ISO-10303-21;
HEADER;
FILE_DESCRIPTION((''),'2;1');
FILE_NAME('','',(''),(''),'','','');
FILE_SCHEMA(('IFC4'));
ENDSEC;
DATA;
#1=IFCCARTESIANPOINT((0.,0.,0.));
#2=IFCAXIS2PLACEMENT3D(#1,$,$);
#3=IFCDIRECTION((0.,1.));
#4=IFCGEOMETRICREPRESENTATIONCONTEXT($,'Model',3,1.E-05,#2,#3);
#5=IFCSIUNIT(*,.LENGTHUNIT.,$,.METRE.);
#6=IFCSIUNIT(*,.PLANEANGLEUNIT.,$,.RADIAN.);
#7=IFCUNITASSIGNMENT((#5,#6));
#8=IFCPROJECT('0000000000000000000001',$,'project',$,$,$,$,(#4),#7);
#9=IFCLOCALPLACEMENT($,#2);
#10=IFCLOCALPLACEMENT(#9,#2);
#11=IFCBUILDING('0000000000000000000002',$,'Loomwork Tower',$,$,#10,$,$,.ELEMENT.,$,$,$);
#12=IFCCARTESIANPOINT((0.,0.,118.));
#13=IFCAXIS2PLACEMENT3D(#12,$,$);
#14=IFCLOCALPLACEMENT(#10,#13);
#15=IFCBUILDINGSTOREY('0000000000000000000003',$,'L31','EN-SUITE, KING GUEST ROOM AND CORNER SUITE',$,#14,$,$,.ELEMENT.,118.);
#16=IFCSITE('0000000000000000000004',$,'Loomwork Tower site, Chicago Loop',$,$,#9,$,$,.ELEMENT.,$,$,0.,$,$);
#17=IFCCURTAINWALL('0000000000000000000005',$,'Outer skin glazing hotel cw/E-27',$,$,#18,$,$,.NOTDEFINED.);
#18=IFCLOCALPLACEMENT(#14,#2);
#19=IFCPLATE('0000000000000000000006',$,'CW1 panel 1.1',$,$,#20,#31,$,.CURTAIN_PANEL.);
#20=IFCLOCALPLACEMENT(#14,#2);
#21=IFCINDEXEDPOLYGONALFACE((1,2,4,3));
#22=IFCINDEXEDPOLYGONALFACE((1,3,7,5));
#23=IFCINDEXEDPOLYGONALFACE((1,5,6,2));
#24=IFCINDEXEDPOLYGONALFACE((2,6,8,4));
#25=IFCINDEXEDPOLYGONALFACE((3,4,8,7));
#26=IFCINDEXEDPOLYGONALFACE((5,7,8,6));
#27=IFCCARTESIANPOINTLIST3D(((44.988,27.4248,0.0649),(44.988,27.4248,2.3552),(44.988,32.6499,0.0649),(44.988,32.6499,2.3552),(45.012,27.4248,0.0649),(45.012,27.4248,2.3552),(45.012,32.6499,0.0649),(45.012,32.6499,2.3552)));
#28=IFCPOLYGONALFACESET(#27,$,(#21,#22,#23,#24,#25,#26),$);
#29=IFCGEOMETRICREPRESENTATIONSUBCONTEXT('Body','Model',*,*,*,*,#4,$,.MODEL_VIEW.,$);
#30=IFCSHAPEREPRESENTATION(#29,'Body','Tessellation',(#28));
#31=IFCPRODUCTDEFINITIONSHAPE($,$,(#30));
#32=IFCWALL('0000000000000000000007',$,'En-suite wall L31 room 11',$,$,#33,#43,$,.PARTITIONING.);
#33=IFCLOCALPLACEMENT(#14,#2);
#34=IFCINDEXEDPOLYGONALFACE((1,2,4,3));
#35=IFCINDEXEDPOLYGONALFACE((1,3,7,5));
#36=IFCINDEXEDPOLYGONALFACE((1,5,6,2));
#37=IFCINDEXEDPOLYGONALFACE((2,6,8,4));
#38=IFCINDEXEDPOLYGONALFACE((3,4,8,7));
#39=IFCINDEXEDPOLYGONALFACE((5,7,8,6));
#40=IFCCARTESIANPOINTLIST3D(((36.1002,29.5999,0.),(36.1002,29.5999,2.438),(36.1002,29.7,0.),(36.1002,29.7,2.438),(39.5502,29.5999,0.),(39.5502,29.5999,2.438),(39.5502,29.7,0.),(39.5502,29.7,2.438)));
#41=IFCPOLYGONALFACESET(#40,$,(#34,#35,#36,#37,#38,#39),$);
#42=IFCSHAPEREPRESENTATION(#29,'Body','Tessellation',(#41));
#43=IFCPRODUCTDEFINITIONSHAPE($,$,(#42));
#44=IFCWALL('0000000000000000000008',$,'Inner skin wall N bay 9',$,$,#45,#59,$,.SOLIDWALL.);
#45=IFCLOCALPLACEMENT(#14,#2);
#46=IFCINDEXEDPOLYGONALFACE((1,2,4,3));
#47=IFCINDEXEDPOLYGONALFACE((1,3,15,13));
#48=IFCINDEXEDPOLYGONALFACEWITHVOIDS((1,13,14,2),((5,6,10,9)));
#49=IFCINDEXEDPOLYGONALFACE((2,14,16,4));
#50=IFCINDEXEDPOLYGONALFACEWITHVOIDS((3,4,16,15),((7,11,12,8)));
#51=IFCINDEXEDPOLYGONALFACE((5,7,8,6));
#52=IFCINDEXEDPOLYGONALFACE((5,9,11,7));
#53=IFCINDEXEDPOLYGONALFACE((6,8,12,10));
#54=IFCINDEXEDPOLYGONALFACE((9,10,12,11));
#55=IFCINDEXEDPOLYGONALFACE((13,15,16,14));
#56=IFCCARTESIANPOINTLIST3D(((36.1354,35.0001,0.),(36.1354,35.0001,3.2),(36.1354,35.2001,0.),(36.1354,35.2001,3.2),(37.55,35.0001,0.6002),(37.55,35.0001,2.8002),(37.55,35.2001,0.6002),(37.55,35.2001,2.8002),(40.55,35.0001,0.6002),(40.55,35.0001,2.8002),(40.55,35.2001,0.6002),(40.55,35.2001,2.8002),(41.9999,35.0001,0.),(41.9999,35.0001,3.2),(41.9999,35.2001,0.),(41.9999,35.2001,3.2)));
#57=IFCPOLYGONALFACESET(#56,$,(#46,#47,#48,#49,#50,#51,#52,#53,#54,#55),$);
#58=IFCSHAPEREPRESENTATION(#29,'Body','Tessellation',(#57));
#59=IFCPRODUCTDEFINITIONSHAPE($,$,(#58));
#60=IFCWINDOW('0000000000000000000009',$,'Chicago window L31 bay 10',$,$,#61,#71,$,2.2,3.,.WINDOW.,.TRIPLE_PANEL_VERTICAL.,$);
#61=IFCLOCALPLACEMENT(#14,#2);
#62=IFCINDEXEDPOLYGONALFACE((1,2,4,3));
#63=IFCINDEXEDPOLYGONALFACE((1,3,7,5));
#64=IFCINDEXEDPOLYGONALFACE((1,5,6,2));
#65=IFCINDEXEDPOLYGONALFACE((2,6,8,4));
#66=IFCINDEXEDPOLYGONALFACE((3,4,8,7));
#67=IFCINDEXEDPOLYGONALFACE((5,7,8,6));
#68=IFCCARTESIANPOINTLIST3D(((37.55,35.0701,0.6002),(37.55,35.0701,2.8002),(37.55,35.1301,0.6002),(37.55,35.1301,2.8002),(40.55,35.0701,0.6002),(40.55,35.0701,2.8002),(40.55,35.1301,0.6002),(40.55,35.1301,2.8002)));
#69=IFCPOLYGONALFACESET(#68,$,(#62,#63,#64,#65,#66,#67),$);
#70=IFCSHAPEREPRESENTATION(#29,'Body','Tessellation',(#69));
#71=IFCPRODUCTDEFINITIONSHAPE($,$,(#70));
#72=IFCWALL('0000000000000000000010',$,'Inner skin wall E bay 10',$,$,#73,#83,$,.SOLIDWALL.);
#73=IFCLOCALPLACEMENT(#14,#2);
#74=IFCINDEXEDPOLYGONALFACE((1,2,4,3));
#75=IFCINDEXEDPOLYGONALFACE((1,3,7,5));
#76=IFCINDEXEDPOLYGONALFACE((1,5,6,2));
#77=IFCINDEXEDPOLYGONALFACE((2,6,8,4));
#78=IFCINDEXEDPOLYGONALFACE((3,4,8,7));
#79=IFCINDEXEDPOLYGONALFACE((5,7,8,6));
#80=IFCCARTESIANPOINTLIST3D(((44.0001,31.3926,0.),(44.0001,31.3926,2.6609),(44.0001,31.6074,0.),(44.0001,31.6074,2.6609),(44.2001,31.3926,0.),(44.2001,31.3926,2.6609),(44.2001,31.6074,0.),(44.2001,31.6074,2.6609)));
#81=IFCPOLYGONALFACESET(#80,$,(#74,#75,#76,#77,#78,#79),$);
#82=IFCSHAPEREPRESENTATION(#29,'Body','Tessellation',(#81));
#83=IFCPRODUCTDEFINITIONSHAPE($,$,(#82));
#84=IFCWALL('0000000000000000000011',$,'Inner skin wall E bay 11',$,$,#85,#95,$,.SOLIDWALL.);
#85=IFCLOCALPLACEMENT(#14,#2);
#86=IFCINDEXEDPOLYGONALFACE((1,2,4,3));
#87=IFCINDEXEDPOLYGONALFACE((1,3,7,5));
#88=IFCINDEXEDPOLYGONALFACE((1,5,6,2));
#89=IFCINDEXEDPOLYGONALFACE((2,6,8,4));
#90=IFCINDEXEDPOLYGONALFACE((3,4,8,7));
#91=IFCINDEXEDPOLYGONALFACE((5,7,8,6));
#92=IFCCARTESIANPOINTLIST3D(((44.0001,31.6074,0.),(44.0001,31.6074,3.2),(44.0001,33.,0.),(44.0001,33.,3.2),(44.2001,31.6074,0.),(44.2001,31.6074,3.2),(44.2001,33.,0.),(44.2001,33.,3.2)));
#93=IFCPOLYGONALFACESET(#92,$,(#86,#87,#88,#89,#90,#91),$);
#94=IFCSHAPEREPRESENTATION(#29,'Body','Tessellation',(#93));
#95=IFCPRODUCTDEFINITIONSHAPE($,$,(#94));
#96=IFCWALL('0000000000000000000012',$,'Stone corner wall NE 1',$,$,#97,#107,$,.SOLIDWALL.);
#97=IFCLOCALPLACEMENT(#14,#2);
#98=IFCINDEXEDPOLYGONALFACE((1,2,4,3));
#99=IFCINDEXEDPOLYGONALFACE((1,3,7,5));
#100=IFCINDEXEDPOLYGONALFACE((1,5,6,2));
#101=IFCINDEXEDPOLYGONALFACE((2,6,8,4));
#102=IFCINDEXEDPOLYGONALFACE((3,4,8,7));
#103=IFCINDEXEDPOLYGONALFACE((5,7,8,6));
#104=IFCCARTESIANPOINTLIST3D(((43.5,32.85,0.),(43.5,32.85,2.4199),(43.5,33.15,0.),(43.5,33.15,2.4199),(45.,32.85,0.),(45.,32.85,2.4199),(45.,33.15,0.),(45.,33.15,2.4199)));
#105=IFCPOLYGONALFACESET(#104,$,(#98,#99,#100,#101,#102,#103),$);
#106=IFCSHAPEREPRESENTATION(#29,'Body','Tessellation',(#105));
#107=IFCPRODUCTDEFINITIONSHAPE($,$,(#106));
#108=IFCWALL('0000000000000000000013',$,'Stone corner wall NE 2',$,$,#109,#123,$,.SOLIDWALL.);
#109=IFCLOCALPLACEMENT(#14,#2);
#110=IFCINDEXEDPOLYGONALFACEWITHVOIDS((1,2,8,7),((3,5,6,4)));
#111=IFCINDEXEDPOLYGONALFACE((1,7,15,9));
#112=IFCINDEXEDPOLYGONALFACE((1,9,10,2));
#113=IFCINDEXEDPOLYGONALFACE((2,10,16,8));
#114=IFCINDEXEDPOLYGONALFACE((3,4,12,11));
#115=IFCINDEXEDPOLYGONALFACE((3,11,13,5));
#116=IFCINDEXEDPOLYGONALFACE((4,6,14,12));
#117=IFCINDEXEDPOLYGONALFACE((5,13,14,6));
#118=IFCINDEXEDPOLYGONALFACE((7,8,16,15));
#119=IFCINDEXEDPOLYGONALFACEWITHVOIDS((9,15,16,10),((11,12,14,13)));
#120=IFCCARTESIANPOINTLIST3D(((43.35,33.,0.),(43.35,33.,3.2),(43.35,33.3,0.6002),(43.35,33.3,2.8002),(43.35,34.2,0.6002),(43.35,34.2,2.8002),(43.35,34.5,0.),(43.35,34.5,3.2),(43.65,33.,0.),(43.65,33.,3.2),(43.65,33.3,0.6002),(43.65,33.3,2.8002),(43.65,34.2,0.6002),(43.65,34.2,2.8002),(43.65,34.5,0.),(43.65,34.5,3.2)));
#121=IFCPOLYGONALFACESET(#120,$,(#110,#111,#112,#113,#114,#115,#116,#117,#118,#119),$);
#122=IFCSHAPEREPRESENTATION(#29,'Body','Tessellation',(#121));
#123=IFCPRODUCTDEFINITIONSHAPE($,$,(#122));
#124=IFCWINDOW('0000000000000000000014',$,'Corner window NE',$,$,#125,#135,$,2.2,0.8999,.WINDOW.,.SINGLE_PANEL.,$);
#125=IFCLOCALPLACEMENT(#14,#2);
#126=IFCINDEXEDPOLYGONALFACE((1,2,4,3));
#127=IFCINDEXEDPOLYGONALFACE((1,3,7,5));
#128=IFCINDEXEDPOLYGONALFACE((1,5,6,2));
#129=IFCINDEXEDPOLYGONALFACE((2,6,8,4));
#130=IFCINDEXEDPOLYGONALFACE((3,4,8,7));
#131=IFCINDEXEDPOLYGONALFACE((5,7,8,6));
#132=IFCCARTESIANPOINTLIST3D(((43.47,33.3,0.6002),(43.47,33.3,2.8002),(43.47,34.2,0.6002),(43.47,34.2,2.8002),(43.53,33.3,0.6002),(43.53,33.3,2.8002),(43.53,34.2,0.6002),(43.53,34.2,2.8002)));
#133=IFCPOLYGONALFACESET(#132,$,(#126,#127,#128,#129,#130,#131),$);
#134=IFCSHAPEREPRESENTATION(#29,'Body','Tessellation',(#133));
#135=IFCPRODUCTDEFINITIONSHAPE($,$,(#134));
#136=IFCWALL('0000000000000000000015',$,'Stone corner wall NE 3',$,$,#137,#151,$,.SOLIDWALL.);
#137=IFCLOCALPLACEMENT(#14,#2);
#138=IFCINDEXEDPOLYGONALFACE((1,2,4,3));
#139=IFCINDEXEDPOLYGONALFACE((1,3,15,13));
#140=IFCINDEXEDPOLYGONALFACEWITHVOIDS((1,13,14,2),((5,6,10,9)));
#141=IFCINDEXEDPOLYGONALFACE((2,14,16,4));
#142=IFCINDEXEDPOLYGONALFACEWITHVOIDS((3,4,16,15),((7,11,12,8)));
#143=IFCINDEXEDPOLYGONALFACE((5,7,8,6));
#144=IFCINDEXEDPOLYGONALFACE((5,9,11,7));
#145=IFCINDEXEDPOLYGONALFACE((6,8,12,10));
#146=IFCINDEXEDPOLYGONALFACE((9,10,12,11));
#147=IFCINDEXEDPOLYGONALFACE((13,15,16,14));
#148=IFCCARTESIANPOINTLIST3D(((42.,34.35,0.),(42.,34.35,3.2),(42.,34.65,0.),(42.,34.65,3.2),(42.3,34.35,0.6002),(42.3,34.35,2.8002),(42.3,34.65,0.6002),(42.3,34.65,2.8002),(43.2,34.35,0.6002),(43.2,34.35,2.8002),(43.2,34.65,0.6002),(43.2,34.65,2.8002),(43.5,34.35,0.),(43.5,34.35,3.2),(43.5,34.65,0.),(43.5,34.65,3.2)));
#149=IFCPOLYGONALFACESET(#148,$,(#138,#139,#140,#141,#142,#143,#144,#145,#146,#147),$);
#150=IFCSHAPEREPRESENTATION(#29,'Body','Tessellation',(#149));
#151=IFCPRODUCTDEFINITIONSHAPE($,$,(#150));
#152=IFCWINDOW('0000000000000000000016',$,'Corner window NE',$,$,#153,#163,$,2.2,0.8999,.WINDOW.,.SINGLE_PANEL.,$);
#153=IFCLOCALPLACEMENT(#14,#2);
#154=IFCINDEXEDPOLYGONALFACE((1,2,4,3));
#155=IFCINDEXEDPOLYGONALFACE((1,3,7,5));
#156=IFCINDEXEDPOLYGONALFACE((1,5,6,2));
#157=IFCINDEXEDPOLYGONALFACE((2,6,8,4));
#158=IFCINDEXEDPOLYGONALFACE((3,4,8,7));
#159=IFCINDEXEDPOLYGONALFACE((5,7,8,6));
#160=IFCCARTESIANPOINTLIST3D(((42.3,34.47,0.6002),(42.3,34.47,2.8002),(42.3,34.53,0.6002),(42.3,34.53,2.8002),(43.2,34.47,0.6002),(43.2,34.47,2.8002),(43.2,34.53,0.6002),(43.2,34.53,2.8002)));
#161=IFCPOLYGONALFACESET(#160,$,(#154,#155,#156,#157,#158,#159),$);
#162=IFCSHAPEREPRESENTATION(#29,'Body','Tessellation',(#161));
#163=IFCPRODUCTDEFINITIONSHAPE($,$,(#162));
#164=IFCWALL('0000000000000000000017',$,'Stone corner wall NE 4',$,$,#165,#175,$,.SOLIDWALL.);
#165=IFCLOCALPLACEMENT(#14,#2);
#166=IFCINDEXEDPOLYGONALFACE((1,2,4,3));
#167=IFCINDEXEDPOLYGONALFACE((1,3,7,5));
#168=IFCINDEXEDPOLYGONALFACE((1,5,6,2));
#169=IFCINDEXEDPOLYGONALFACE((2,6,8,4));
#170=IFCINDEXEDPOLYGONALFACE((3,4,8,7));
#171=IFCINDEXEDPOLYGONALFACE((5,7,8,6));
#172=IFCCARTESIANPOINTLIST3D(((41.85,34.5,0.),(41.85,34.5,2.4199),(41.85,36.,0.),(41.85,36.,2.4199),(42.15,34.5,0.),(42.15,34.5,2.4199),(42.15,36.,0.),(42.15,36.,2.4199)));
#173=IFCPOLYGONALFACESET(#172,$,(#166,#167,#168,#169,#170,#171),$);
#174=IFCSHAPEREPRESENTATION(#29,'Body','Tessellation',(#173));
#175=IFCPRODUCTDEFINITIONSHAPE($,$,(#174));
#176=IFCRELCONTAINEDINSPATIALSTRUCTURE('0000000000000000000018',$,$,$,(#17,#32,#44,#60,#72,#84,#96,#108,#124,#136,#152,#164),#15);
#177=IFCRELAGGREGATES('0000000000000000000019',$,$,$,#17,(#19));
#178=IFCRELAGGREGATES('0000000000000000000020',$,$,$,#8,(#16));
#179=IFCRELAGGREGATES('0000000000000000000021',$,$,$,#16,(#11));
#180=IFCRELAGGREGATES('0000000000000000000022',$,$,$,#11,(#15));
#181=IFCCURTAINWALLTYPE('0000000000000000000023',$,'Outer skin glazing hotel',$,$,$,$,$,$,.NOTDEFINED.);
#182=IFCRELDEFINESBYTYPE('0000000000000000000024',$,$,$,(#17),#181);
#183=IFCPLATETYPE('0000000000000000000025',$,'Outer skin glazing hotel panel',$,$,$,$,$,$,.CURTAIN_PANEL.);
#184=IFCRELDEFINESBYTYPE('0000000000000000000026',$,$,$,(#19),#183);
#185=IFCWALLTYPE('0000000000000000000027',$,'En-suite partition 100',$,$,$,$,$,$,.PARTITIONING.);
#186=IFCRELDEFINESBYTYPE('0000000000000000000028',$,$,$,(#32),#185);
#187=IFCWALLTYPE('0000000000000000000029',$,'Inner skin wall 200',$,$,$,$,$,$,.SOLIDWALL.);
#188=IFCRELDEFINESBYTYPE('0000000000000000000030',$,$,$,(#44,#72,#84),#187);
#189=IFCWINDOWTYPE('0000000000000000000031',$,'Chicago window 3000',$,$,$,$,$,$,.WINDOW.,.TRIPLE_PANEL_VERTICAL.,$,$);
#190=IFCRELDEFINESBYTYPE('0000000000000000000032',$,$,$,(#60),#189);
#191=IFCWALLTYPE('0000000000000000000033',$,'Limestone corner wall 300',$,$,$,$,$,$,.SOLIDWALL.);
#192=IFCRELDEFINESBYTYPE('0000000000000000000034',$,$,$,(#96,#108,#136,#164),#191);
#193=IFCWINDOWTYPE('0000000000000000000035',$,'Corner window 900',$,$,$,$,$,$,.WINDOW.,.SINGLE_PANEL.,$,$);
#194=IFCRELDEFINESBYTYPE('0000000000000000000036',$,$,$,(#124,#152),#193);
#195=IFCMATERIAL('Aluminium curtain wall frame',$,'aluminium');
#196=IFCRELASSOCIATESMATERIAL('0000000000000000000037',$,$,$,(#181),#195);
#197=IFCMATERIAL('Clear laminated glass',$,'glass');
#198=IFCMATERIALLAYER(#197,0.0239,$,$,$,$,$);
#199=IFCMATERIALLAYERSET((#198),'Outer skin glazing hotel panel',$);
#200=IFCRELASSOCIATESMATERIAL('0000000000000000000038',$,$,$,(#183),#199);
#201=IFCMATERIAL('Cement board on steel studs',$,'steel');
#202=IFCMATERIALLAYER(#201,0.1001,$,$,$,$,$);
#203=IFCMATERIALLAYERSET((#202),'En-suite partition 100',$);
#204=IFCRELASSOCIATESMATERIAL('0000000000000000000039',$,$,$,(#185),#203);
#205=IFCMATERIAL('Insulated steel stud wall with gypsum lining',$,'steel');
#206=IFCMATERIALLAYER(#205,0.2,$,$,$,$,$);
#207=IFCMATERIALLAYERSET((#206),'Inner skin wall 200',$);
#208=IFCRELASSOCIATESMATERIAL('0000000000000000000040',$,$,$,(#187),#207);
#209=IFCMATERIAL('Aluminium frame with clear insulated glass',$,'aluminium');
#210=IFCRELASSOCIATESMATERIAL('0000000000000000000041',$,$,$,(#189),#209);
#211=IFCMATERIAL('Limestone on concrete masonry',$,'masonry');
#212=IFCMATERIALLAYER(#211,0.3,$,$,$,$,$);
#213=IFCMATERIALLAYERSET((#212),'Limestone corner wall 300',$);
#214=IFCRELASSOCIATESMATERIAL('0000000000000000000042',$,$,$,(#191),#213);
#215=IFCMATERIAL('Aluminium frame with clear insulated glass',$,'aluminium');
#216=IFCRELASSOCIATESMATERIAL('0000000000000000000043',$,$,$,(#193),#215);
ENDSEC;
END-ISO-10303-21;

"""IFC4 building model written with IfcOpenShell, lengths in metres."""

from ifc_helpers import new_model, si_unit, direction, frame, frame_2d, origin, origin_2d, place, context, subcontext, project, spatial, rectangle, extrude, material, layer, layer_set, type_object, element, fill, aggregate, save


model = new_model("IFC4")

# Units and contexts
model_context = context("Model", 3, precision=1e-05, world=origin(), true_north=direction((0.0, 1.0)))
body_context = subcontext(model_context, "Body", "Model", "MODEL_VIEW")
ifc_project = project(units=[si_unit("LENGTHUNIT", "METRE"), si_unit("PLANEANGLEUNIT", "RADIAN")], contexts=[model_context])

# Site, building, storey
site_placement = place(None, origin())
site = spatial("IfcSite", under=ifc_project, at=site_placement, Name="Loomwork Tower site, Chicago Loop", CompositionType="ELEMENT", RefElevation=0.0)
building_placement = place(site_placement, origin())
building = spatial("IfcBuilding", under=site, at=building_placement, Name="Loomwork Tower", CompositionType="ELEMENT")
storey_placement = place(building_placement, frame((0.0, 0.0, 118.0)))
storey = spatial("IfcBuildingStorey", under=building, at=storey_placement, Name="L31", Description="EN-SUITE, KING GUEST ROOM AND CORNER SUITE", CompositionType="ELEMENT", Elevation=118.0)

# Shared definitions
ifc_material_1 = material(Name="Aluminium curtain wall frame", Category="aluminium")
curtain_wall_type = type_object("IfcCurtainWallType", Name="Outer skin glazing hotel", PredefinedType="NOTDEFINED", material=ifc_material_1)

# Curtain wall
curtain_wall_1_placement = place(storey_placement, origin())
curtain_wall_1 = element("IfcCurtainWall", 1, at=curtain_wall_1_placement, inside=storey, type_object=curtain_wall_type, Name="Outer skin glazing hotel cw/E-27", PredefinedType="NOTDEFINED")

# Plate
ifc_material_2 = material(Name="Clear laminated glass", Category="glass")
ifc_layer_1 = layer(ifc_material_2, 0.0239)
ifc_layer_set_1 = layer_set([ifc_layer_1], Name="Outer skin glazing hotel panel")
plate_type = type_object("IfcPlateType", Name="Outer skin glazing hotel panel", PredefinedType="CURTAIN_PANEL", material=ifc_layer_set_1)
plate_1_placement = place(storey_placement, frame((45.0, 30.0374, 0.0649), z_axis=(0.0, 0.0, 1.0), x_axis=(0.0, 1.0, 0.0)))
plate_1 = element("IfcPlate", 2, at=plate_1_placement, type_object=plate_type, Name="CW1 panel 1.1", PredefinedType="CURTAIN_PANEL", context=body_context, shape_type="SweptSolid", body=[
    extrude(rectangle(XDim=5.2251, YDim=0.0239, at=origin_2d()), origin(), (0.0, 0.0, 1.0), 2.2903),
])
aggregate(curtain_wall_1, [plate_1])

# Wall
ifc_material_3 = material(Name="Cement board on steel studs", Category="steel")
ifc_layer_2 = layer(ifc_material_3, 0.1001)
ifc_layer_set_2 = layer_set([ifc_layer_2], Name="En-suite partition 100")
wall_type_1 = type_object("IfcWallType", Name="En-suite partition 100", PredefinedType="PARTITIONING", material=ifc_layer_set_2)
wall_1_placement = place(storey_placement, frame((36.1001, 29.6499, 0.0), z_axis=(0.0, 0.0, 1.0), x_axis=(1.0, 0.0, 0.0)))
element("IfcWall", 3, at=wall_1_placement, inside=storey, type_object=wall_type_1, Name="En-suite wall L31 room 11", PredefinedType="PARTITIONING", context=body_context, shape_type="SweptSolid", body=[
    extrude(rectangle(XDim=3.45, YDim=0.1001, at=frame_2d((1.7251, 0.0))), origin(), (0.0, 0.0, 1.0), 2.438),
])

# Wall, opening, window
ifc_material_4 = material(Name="Insulated steel stud wall with gypsum lining", Category="steel")
ifc_layer_3 = layer(ifc_material_4, 0.2)
ifc_layer_set_3 = layer_set([ifc_layer_3], Name="Inner skin wall 200")
wall_type_2 = type_object("IfcWallType", Name="Inner skin wall 200", PredefinedType="SOLIDWALL", material=ifc_layer_set_3)
wall_2_placement = place(storey_placement, frame((36.1355, 35.1001, 0.0), z_axis=(0.0, 0.0, 1.0), x_axis=(1.0, 0.0, 0.0)))
wall_2 = element("IfcWall", 4, at=wall_2_placement, inside=storey, type_object=wall_type_2, Name="Inner skin wall N bay 9", PredefinedType="SOLIDWALL", context=body_context, shape_type="SweptSolid", body=[
    extrude(rectangle(XDim=5.8645, YDim=0.2, at=frame_2d((2.9321, 0.0))), origin(), (0.0, 0.0, 1.0), 3.2),
])
opening_1_placement = place(wall_2_placement, frame((1.4146, 0.0, 0.6001)))
opening_1 = element("IfcOpeningElement", 5, at=opening_1_placement, cuts=wall_2, PredefinedType="OPENING", context=body_context, shape_type="SweptSolid", body=[
    extrude(rectangle(XDim=3.0, YDim=2.2, at=frame_2d((1.5, 1.1001))), frame((0.0, 0.1099, 0.0), z_axis=(0.0, -1.0, 0.0), x_axis=(1.0, 0.0, 0.0)), (0.0, 0.0, 1.0), 0.22),
])
ifc_material_5 = material(Name="Aluminium frame with clear insulated glass", Category="aluminium")
window_type_1 = type_object("IfcWindowType", Name="Chicago window 3000", PartitioningType="TRIPLE_PANEL_VERTICAL", PredefinedType="WINDOW", material=ifc_material_5)
window_1_placement = place(opening_1_placement, origin())
window_1 = element("IfcWindow", 6, at=window_1_placement, inside=storey, type_object=window_type_1, Name="Chicago window L31 bay 10", OverallHeight=2.2, OverallWidth=3.0, PartitioningType="TRIPLE_PANEL_VERTICAL", PredefinedType="WINDOW", context=body_context, shape_type="SweptSolid", body=[
    extrude(rectangle(XDim=3.0, YDim=2.2, at=frame_2d((1.5, 1.1001))), frame((0.0, 0.03, 0.0), z_axis=(0.0, -1.0, 0.0), x_axis=(1.0, 0.0, 0.0)), (0.0, 0.0, 1.0), 0.0601),
])
fill(opening_1, window_1)

# Walls
wall_3_placement = place(storey_placement, frame((44.1001, 31.3926, 0.0), z_axis=(0.0, 0.0, 1.0), x_axis=(0.0, 1.0, 0.0)))
element("IfcWall", 7, at=wall_3_placement, inside=storey, type_object=wall_type_2, Name="Inner skin wall E bay 10", PredefinedType="SOLIDWALL", context=body_context, shape_type="SweptSolid", body=[
    extrude(rectangle(XDim=0.2148, YDim=0.2, at=frame_2d((0.1074, 0.0))), origin(), (0.0, 0.0, 1.0), 2.6609),
])
wall_4_placement = place(storey_placement, frame((44.1001, 31.6074, 0.0), z_axis=(0.0, 0.0, 1.0), x_axis=(0.0, 1.0, 0.0)))
element("IfcWall", 8, at=wall_4_placement, inside=storey, type_object=wall_type_2, Name="Inner skin wall E bay 11", PredefinedType="SOLIDWALL", context=body_context, shape_type="SweptSolid", body=[
    extrude(rectangle(XDim=1.3926, YDim=0.2, at=frame_2d((0.6963, 0.0))), origin(), (0.0, 0.0, 1.0), 3.2),
])
ifc_material_6 = material(Name="Limestone on concrete masonry", Category="masonry")
ifc_layer_4 = layer(ifc_material_6, 0.3)
ifc_layer_set_4 = layer_set([ifc_layer_4], Name="Limestone corner wall 300")
wall_type_3 = type_object("IfcWallType", Name="Limestone corner wall 300", PredefinedType="SOLIDWALL", material=ifc_layer_set_4)
wall_5_placement = place(storey_placement, frame((45.0, 33.0, 0.0), z_axis=(0.0, 0.0, 1.0), x_axis=(-1.0, 0.0, 0.0)))
element("IfcWall", 9, at=wall_5_placement, inside=storey, type_object=wall_type_3, Name="Stone corner wall NE 1", PredefinedType="SOLIDWALL", context=body_context, shape_type="SweptSolid", body=[
    extrude(rectangle(XDim=1.5, YDim=0.3, at=frame_2d((0.75, 0.0))), origin(), (0.0, 0.0, 1.0), 2.4199),
])

# Walls, openings, windows
wall_6_placement = place(storey_placement, frame((43.5, 33.0, 0.0), z_axis=(0.0, 0.0, 1.0), x_axis=(0.0, 1.0, 0.0)))
wall_6 = element("IfcWall", 10, at=wall_6_placement, inside=storey, type_object=wall_type_3, Name="Stone corner wall NE 2", PredefinedType="SOLIDWALL", context=body_context, shape_type="SweptSolid", body=[
    extrude(rectangle(XDim=1.5, YDim=0.3, at=frame_2d((0.75, 0.0))), origin(), (0.0, 0.0, 1.0), 3.2),
])
opening_2_placement = place(wall_6_placement, frame((0.3, 0.0, 0.6001)))
opening_2 = element("IfcOpeningElement", 11, at=opening_2_placement, cuts=wall_6, PredefinedType="OPENING", context=body_context, shape_type="SweptSolid", body=[
    extrude(rectangle(XDim=0.8999, YDim=2.2, at=frame_2d((0.45, 1.1001))), frame((0.0, 0.1599, 0.0), z_axis=(0.0, -1.0, 0.0), x_axis=(1.0, 0.0, 0.0)), (0.0, 0.0, 1.0), 0.3201),
])
ifc_material_7 = material(Name="Aluminium frame with clear insulated glass", Category="aluminium")
window_type_2 = type_object("IfcWindowType", Name="Corner window 900", PartitioningType="SINGLE_PANEL", PredefinedType="WINDOW", material=ifc_material_7)
window_2_placement = place(opening_2_placement, origin())
window_2 = element("IfcWindow", 12, at=window_2_placement, inside=storey, type_object=window_type_2, Name="Corner window NE", OverallHeight=2.2, OverallWidth=0.8999, PartitioningType="SINGLE_PANEL", PredefinedType="WINDOW", context=body_context, shape_type="SweptSolid", body=[
    extrude(rectangle(XDim=0.8999, YDim=2.2, at=frame_2d((0.45, 1.1001))), frame((0.0, 0.03, 0.0), z_axis=(0.0, -1.0, 0.0), x_axis=(1.0, 0.0, 0.0)), (0.0, 0.0, 1.0), 0.0601),
])
fill(opening_2, window_2)
wall_7_placement = place(storey_placement, frame((43.5, 34.5, 0.0), z_axis=(0.0, 0.0, 1.0), x_axis=(-1.0, 0.0, 0.0)))
wall_7 = element("IfcWall", 13, at=wall_7_placement, inside=storey, type_object=wall_type_3, Name="Stone corner wall NE 3", PredefinedType="SOLIDWALL", context=body_context, shape_type="SweptSolid", body=[
    extrude(rectangle(XDim=1.5, YDim=0.3, at=frame_2d((0.75, 0.0))), origin(), (0.0, 0.0, 1.0), 3.2),
])
opening_3_placement = place(wall_7_placement, frame((0.3, 0.0, 0.6001)))
opening_3 = element("IfcOpeningElement", 14, at=opening_3_placement, cuts=wall_7, PredefinedType="OPENING", context=body_context, shape_type="SweptSolid", body=[
    extrude(rectangle(XDim=0.8999, YDim=2.2, at=frame_2d((0.45, 1.1001))), frame((0.0, 0.1599, 0.0), z_axis=(0.0, -1.0, 0.0), x_axis=(1.0, 0.0, 0.0)), (0.0, 0.0, 1.0), 0.3201),
])
window_3_placement = place(opening_3_placement, origin())
window_3 = element("IfcWindow", 15, at=window_3_placement, inside=storey, type_object=window_type_2, Name="Corner window NE", OverallHeight=2.2, OverallWidth=0.8999, PartitioningType="SINGLE_PANEL", PredefinedType="WINDOW", context=body_context, shape_type="SweptSolid", body=[
    extrude(rectangle(XDim=0.8999, YDim=2.2, at=frame_2d((0.45, 1.1001))), frame((0.0, 0.03, 0.0), z_axis=(0.0, -1.0, 0.0), x_axis=(1.0, 0.0, 0.0)), (0.0, 0.0, 1.0), 0.0601),
])
fill(opening_3, window_3)

# Wall
wall_8_placement = place(storey_placement, frame((42.0, 34.5, 0.0), z_axis=(0.0, 0.0, 1.0), x_axis=(0.0, 1.0, 0.0)))
element("IfcWall", 16, at=wall_8_placement, inside=storey, type_object=wall_type_3, Name="Stone corner wall NE 4", PredefinedType="SOLIDWALL", context=body_context, shape_type="SweptSolid", body=[
    extrude(rectangle(XDim=1.5, YDim=0.3, at=frame_2d((0.75, 0.0))), origin(), (0.0, 0.0, 1.0), 2.4199),
])

save(model, "model.ifc")
